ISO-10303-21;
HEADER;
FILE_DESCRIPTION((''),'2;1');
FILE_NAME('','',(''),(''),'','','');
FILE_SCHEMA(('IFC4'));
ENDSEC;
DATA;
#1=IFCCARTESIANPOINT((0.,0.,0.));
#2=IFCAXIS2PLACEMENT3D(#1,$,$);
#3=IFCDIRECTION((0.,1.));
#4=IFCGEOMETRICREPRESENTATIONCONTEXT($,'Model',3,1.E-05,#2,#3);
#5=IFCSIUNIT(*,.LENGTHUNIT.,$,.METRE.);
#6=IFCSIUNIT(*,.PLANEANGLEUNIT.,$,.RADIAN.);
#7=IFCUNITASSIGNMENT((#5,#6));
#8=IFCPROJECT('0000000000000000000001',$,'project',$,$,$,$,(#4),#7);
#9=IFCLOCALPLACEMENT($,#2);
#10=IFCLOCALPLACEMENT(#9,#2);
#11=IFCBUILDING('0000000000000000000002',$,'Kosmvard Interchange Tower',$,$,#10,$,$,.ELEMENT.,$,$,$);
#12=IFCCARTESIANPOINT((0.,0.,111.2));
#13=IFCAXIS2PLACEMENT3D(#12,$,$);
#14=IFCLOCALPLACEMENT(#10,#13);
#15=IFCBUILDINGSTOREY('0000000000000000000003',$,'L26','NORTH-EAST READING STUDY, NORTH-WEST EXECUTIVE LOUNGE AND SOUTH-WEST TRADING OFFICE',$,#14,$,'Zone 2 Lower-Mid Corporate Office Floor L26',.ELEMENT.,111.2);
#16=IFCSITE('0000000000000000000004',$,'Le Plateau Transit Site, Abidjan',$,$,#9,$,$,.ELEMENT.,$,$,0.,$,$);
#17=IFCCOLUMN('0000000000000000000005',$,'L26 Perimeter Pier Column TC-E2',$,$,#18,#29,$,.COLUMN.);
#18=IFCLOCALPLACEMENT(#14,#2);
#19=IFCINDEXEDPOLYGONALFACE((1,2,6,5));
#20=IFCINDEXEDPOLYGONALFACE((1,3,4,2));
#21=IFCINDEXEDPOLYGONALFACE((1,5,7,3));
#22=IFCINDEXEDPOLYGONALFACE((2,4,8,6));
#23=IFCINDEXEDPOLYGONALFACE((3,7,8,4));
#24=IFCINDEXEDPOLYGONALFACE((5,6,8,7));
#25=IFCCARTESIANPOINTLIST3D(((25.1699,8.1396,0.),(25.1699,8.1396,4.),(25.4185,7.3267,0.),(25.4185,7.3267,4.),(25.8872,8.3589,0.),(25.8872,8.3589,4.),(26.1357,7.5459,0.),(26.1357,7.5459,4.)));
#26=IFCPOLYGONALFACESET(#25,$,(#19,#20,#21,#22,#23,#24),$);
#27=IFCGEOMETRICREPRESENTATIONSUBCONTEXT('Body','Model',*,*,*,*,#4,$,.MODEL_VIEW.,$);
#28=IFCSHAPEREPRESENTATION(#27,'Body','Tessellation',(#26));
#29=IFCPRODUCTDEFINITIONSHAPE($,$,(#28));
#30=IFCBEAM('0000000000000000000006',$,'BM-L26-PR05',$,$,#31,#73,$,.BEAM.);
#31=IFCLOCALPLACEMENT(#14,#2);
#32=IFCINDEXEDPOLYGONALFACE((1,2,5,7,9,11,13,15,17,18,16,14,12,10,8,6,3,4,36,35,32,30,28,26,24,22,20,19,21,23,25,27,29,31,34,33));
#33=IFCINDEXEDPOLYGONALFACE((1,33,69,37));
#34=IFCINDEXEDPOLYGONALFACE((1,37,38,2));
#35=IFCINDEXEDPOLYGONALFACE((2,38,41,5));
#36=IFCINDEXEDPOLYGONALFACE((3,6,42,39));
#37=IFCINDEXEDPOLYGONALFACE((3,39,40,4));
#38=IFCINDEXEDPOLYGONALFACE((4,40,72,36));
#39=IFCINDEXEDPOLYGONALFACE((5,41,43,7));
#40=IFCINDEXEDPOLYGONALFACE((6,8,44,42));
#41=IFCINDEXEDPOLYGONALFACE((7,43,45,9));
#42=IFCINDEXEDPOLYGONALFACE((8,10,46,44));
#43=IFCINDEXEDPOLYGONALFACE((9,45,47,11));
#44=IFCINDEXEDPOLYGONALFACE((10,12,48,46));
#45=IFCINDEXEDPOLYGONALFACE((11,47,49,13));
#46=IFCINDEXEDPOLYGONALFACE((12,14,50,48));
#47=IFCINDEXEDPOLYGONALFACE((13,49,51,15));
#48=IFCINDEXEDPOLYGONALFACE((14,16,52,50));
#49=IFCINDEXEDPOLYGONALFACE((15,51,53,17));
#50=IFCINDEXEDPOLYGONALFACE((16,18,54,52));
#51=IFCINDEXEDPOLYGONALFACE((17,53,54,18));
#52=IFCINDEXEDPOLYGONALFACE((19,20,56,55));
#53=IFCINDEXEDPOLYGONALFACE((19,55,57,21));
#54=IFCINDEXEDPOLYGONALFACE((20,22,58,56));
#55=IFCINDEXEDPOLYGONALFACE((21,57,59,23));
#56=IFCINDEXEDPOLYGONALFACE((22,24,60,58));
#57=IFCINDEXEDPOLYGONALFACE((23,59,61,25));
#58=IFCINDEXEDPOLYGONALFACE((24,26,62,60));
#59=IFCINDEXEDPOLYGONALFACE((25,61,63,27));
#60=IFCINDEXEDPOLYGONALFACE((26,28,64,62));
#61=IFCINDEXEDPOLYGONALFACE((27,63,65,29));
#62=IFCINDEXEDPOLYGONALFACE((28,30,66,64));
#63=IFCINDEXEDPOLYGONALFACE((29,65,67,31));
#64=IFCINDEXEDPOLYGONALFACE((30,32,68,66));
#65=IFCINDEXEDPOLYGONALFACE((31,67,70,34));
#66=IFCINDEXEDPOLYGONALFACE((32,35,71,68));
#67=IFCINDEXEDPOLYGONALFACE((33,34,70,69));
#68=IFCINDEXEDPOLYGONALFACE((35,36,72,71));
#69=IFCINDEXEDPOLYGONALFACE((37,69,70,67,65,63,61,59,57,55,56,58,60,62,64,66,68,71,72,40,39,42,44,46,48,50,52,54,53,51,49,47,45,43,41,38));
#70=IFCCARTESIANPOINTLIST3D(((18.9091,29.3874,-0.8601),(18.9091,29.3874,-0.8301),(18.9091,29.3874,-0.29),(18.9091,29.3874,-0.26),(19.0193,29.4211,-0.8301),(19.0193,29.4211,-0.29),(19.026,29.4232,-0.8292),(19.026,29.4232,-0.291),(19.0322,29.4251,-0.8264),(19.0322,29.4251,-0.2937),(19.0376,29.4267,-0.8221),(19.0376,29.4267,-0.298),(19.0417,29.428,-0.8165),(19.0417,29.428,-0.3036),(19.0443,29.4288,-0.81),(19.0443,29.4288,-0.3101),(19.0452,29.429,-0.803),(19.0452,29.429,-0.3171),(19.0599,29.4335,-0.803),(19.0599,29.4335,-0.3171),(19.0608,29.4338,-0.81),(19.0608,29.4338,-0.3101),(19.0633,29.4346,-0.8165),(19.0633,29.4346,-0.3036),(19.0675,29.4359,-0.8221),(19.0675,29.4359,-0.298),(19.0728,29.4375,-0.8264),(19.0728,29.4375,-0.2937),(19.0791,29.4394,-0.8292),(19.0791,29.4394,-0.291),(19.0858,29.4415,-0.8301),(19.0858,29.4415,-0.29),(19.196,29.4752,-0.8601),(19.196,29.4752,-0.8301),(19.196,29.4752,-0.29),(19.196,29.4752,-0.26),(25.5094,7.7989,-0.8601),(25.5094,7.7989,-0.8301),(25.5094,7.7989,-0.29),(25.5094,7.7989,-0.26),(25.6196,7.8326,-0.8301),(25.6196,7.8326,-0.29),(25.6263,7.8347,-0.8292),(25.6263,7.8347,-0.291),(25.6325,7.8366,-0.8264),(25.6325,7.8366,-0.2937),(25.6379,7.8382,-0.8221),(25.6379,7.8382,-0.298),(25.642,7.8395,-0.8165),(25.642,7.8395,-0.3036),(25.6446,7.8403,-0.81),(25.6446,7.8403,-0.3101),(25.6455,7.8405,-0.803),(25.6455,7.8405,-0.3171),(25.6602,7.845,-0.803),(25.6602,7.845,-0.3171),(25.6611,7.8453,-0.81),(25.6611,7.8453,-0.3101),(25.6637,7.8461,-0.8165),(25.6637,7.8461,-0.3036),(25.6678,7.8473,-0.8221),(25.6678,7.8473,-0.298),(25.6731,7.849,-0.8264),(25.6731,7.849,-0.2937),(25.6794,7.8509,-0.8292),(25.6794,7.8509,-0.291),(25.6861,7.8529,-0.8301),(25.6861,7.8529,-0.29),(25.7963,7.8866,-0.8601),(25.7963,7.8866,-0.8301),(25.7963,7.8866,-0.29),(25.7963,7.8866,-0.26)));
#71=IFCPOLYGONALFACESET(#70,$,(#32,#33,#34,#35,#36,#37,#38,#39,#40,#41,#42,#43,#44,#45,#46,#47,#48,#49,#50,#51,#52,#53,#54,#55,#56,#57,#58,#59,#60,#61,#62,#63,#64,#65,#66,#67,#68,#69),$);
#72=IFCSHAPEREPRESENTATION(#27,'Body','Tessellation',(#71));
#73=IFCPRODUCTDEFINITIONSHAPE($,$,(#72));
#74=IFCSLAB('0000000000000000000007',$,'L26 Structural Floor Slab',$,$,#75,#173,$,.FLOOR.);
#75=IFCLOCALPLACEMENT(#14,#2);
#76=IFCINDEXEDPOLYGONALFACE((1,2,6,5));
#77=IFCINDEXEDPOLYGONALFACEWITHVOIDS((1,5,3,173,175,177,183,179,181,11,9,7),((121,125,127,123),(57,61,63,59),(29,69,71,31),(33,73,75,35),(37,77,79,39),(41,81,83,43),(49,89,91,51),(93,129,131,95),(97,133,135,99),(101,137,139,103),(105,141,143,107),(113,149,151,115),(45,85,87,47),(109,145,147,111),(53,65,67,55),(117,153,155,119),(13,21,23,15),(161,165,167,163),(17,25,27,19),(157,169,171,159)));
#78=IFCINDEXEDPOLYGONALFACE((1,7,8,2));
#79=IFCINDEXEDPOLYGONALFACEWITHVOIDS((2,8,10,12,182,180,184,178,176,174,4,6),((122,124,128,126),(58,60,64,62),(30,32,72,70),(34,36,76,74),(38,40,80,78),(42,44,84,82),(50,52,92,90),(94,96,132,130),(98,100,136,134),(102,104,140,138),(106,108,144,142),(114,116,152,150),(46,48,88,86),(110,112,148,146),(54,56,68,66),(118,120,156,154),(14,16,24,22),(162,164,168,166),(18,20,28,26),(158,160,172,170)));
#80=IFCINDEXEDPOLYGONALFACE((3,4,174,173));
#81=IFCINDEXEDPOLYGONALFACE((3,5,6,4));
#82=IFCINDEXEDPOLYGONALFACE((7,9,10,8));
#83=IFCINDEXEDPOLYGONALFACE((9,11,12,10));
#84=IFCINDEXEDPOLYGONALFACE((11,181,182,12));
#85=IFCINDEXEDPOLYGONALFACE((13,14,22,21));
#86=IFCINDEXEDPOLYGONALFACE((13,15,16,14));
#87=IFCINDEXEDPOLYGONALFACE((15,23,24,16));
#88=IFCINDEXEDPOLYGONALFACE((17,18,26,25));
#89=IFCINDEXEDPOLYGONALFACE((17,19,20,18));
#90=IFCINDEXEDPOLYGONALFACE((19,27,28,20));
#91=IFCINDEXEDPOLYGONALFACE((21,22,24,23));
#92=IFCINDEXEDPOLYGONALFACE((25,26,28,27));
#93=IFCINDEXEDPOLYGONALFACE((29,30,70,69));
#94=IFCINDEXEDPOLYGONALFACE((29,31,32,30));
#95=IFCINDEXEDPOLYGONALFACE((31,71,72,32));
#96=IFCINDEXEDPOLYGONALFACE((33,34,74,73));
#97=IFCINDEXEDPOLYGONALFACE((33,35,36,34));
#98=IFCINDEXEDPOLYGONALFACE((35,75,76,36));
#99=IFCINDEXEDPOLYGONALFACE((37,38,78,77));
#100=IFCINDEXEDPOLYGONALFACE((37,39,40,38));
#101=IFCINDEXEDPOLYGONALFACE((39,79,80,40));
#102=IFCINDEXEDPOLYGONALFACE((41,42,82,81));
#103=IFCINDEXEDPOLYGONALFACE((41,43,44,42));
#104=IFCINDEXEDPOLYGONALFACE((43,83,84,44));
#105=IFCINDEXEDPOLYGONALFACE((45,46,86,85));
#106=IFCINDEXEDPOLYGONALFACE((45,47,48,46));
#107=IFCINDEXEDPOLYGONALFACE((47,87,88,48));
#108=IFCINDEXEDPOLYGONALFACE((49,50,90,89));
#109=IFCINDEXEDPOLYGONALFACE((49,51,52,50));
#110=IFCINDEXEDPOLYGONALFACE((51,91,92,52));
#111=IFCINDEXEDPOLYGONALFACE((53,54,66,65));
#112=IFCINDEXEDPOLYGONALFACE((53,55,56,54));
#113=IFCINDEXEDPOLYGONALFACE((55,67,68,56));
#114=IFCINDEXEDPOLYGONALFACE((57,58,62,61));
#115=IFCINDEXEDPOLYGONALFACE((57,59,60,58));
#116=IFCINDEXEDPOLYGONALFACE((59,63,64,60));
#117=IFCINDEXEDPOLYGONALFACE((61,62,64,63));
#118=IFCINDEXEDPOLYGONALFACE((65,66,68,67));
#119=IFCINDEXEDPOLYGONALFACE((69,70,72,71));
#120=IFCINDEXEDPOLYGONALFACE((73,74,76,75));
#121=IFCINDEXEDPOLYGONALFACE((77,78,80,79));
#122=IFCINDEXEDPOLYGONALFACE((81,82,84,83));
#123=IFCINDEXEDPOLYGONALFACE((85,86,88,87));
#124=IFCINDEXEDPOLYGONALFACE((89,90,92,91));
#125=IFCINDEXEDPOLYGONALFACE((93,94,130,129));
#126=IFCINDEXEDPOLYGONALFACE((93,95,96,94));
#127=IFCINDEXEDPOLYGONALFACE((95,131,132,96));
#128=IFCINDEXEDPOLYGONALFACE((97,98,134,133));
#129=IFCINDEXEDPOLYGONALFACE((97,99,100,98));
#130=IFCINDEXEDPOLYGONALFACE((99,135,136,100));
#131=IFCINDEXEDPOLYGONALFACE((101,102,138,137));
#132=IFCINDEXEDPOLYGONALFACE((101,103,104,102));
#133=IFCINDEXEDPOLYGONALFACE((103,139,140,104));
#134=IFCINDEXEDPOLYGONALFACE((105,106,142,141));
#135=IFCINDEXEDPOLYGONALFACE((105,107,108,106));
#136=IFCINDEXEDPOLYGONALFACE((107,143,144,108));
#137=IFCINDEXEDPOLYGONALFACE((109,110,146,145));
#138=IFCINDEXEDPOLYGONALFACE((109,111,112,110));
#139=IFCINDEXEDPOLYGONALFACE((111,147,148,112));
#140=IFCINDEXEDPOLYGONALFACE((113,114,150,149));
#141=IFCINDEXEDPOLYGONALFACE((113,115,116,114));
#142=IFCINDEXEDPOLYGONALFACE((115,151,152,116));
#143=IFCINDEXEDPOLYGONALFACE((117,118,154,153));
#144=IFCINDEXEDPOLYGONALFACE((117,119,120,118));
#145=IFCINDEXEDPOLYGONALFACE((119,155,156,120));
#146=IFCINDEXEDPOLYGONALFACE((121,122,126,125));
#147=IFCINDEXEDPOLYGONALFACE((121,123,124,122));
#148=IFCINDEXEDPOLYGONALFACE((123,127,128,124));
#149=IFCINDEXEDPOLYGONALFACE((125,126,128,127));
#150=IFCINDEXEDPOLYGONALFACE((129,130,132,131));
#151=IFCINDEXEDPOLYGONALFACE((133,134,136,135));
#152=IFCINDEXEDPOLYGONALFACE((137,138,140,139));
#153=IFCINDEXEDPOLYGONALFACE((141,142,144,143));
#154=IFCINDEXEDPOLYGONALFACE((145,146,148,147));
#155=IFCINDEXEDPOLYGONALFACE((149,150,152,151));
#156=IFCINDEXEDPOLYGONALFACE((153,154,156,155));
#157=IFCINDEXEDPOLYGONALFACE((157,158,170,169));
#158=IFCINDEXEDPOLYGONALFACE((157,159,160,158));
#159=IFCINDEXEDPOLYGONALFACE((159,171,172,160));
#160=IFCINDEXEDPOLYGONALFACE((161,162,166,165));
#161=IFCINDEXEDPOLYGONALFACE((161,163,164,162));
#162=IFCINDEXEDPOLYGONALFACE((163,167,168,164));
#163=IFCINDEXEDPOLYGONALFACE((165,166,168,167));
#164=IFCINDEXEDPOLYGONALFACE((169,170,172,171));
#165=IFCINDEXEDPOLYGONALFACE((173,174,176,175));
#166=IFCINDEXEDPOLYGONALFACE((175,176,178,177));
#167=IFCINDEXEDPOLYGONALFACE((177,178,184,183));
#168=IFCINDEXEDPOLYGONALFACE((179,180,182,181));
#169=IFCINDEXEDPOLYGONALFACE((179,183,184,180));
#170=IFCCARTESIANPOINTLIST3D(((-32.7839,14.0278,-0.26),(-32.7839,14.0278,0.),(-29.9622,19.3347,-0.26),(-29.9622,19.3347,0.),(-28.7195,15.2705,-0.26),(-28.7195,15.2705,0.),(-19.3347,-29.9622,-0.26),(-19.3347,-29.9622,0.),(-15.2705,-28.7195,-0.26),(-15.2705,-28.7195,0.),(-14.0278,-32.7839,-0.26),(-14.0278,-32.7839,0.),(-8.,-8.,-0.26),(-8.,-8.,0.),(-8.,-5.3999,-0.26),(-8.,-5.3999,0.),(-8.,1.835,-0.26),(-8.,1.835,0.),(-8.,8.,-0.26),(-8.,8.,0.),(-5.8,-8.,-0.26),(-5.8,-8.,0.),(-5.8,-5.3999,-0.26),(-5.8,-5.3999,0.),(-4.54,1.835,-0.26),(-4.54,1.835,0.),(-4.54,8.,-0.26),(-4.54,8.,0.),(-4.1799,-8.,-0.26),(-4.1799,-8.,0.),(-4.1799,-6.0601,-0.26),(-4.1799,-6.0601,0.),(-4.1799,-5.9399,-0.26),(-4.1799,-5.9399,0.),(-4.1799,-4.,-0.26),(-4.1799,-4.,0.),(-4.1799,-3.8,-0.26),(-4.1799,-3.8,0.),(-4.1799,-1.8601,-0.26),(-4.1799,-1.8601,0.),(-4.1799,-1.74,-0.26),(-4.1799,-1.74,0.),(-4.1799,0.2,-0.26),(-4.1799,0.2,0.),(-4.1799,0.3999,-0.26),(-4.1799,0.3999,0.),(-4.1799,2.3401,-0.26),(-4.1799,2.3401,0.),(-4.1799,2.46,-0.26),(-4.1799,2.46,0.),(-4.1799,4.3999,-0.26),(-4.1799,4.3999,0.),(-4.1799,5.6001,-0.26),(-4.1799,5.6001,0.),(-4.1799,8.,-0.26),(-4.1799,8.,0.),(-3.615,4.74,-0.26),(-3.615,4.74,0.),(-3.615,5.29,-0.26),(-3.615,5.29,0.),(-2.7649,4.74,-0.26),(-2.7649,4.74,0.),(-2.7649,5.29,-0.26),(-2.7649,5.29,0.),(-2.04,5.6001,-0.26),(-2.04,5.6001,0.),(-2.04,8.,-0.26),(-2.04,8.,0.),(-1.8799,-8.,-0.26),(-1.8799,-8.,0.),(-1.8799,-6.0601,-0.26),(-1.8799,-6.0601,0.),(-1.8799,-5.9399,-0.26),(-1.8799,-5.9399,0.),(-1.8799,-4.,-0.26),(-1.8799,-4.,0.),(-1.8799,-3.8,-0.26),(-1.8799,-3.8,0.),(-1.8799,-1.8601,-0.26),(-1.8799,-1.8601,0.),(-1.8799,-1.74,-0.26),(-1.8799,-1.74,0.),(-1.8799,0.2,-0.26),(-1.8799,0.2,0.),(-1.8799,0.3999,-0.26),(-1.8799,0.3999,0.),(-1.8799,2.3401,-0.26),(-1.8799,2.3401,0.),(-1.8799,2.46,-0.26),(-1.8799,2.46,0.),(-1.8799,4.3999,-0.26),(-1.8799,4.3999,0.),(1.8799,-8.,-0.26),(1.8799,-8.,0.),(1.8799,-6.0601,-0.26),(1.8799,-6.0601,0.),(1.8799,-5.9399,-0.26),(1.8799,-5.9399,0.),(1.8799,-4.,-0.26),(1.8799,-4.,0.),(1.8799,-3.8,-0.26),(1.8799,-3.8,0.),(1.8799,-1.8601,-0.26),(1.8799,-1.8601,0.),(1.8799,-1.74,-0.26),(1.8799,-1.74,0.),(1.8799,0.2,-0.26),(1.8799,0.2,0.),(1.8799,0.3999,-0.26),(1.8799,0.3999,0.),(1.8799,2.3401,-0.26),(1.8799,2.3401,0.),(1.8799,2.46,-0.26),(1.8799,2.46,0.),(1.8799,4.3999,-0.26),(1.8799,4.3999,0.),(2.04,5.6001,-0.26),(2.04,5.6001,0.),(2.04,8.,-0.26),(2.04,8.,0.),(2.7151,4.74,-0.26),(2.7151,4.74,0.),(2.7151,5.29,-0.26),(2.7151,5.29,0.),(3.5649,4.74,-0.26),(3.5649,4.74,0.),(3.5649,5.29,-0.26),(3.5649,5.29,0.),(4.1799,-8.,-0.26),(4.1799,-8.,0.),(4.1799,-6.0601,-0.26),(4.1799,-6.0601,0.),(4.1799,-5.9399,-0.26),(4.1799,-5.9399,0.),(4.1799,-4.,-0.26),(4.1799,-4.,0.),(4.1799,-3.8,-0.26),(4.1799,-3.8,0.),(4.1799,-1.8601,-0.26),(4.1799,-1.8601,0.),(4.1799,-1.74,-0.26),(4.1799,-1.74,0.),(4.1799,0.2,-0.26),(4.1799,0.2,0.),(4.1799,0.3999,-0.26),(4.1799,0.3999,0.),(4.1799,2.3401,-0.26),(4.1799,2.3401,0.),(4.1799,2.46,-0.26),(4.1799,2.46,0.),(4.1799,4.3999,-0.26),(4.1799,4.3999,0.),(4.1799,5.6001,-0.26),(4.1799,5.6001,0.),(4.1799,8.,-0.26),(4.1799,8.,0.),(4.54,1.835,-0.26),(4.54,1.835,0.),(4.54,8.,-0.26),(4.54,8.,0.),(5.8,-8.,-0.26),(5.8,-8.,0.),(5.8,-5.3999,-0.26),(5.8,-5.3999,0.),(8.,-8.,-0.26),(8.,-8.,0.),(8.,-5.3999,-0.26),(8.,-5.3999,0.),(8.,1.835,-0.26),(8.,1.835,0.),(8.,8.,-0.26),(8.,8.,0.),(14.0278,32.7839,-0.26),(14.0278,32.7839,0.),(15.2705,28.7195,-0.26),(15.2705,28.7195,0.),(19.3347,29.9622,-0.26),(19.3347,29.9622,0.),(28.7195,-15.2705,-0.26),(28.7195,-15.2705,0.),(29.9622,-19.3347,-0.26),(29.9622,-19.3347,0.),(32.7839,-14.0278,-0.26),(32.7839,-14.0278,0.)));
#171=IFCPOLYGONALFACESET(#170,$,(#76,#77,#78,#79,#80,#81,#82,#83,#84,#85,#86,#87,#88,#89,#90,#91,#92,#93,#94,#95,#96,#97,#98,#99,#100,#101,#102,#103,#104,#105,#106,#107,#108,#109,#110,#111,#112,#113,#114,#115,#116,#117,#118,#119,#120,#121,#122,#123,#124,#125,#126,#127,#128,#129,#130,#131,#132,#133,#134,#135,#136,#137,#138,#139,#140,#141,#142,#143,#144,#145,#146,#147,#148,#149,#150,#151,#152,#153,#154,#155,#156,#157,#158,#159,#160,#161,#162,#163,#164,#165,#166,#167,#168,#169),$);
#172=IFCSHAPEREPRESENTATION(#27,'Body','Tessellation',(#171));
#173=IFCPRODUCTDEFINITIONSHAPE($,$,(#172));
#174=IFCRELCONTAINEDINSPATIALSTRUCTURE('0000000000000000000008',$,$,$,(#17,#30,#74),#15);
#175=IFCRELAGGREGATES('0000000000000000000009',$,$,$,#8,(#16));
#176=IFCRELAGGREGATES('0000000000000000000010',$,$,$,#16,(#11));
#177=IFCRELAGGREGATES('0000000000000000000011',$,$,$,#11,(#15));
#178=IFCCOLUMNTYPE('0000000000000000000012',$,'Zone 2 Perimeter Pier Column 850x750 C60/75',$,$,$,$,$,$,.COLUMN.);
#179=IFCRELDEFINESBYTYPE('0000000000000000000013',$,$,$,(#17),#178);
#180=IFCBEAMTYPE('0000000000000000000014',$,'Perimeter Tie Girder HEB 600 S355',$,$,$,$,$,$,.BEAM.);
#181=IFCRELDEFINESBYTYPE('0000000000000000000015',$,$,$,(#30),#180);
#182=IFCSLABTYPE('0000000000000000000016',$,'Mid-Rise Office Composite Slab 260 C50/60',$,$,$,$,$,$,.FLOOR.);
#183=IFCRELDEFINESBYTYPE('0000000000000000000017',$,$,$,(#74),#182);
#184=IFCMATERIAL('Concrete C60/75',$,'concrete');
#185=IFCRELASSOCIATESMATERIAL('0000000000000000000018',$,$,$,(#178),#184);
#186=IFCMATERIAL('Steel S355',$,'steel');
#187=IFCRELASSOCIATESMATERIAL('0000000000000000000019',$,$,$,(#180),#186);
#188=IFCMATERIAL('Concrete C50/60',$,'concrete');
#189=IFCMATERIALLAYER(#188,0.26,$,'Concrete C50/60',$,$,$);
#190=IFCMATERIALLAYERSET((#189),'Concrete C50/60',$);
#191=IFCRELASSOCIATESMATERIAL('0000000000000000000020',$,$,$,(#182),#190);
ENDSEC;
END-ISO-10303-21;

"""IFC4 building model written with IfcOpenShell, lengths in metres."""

from ifc_helpers import new_model, si_unit, direction, frame, origin, origin_2d, place, context, subcontext, project, spatial, polyline, rectangle, i_section, outline, extrude, source, transform, mapped, material, layer, layer_set, material_profile, profile_set, type_object, element, save


model = new_model("IFC4")

# Units and contexts
model_context = context("Model", 3, precision=1e-05, world=origin(), true_north=direction((0.0, 1.0)))
body_context = subcontext(model_context, "Body", "Model", "MODEL_VIEW")
ifc_project = project(units=[si_unit("LENGTHUNIT", "METRE"), si_unit("PLANEANGLEUNIT", "RADIAN")], contexts=[model_context])

# Site, building, storey
site_placement = place(None, origin())
site = spatial("IfcSite", under=ifc_project, at=site_placement, Name="Le Plateau Transit Site, Abidjan", CompositionType="ELEMENT", RefElevation=0.0)
building_placement = place(site_placement, origin())
building = spatial("IfcBuilding", under=site, at=building_placement, Name="Kosmvard Interchange Tower", CompositionType="ELEMENT")
storey_placement = place(building_placement, frame((0.0, 0.0, 111.2)))
storey = spatial("IfcBuildingStorey", under=building, at=storey_placement, Name="L26", Description="NORTH-EAST READING STUDY, NORTH-WEST EXECUTIVE LOUNGE AND SOUTH-WEST TRADING OFFICE", LongName="Zone 2 Lower-Mid Corporate Office Floor L26", CompositionType="ELEMENT", Elevation=111.2)

# Column
ifc_material_1 = material(Name="Concrete C60/75", Category="concrete")
ifc_material_profile_1 = material_profile(ifc_material_1, rectangle(XDim=0.75, YDim=0.8501, at=origin_2d()), Name="TC 850x750")
ifc_profile_set_1 = profile_set([ifc_material_profile_1], Name="Concrete C60/75")
column_type = type_object("IfcColumnType", Name="Zone 2 Perimeter Pier Column 850x750 C60/75", PredefinedType="COLUMN", material=ifc_profile_set_1)
shared_shape_1 = source(origin(), body_context, "Body", "SweptSolid", [
    extrude(rectangle(XDim=0.75, YDim=0.8501, at=origin_2d()), origin(), (0.0, 0.0, 1.0), 4.0),
])
column_placement = place(storey_placement, frame((25.6528, 7.8428, 0.0), z_axis=(0.0, 0.0, 1.0), x_axis=(0.956305, 0.292372, 0.0)))
element("IfcColumn", 1, at=column_placement, inside=storey, type_object=column_type, Name="L26 Perimeter Pier Column TC-E2", PredefinedType="COLUMN", context=body_context, shape_type="MappedRepresentation", body=[
    mapped(shared_shape_1, transform((0.0, 0.0, 0.0), scale=1.0)),
])

# Beam
ifc_material_2 = material(Name="Steel S355", Category="steel")
ifc_material_profile_2 = material_profile(ifc_material_2, i_section(OverallWidth=0.3, OverallDepth=0.6001, WebThickness=0.0154, FlangeThickness=0.03, FilletRadius=0.0271, at=origin_2d()), Name="HEB 600")
ifc_profile_set_2 = profile_set([ifc_material_profile_2], Name="Steel S355")
beam_type = type_object("IfcBeamType", Name="Perimeter Tie Girder HEB 600 S355", PredefinedType="BEAM", material=ifc_profile_set_2)
shared_shape_2 = source(origin(), body_context, "Body", "SweptSolid", [
    extrude(i_section(OverallWidth=0.3, OverallDepth=0.6001, WebThickness=0.0154, FlangeThickness=0.03, FilletRadius=0.0271, at=origin_2d()), origin(), (0.0, 0.0, 1.0), 22.575),
])
beam_placement = place(storey_placement, frame((25.6528, 7.8428, -0.5601), z_axis=(-0.292373, 0.956304, 0.0), x_axis=(-0.956304, -0.292373, 0.0)))
element("IfcBeam", 2, at=beam_placement, inside=storey, type_object=beam_type, Name="BM-L26-PR05", PredefinedType="BEAM", context=body_context, shape_type="MappedRepresentation", body=[
    mapped(shared_shape_2, transform((0.0, 0.0, 0.0), scale=1.0)),
])

# Slab
ifc_material_3 = material(Name="Concrete C50/60", Category="concrete")
ifc_layer_1 = layer(ifc_material_3, 0.26, Name="Concrete C50/60")
ifc_layer_set_1 = layer_set([ifc_layer_1], Name="Concrete C50/60")
slab_type_1 = type_object("IfcSlabType", Name="Mid-Rise Office Composite Slab 260 C50/60", PredefinedType="FLOOR", material=ifc_layer_set_1)
slab_1_placement = place(storey_placement, frame((0.0, 0.0, -0.26)))
element("IfcSlab", 3, at=slab_1_placement, inside=storey, type_object=slab_type_1, Name="L26 Structural Floor Slab", PredefinedType="FLOOR", context=body_context, shape_type="SweptSolid", body=[
    extrude(outline(polyline([(-14.0278, -32.7839), (29.9622, -19.3347), (28.7195, -15.2705), (32.7839, -14.0278), (19.3347, 29.9622), (15.2705, 28.7195), (14.0278, 32.7839), (-29.9622, 19.3347), (-28.7195, 15.2705), (-32.7839, 14.0278), (-19.3347, -29.9622), (-15.2705, -28.7195), (-14.0278, -32.7839)]), holes=[polyline([(-8.0, 1.835), (-4.54, 1.835), (-4.54, 8.0), (-8.0, 8.0), (-8.0, 1.835)]), polyline([(4.54, 1.835), (8.0, 1.835), (8.0, 8.0), (4.54, 8.0), (4.54, 1.835)]), polyline([(-8.0, -8.0), (-5.8, -8.0), (-5.8, -5.3999), (-8.0, -5.3999), (-8.0, -8.0)]), polyline([(5.8, -8.0), (8.0, -8.0), (8.0, -5.3999), (5.8, -5.3999), (5.8, -8.0)]), polyline([(-4.1799, -8.0), (-1.8799, -8.0), (-1.8799, -6.0601), (-4.1799, -6.0601), (-4.1799, -8.0)]), polyline([(-4.1799, -5.9399), (-1.8799, -5.9399), (-1.8799, -4.0), (-4.1799, -4.0), (-4.1799, -5.9399)]), polyline([(1.8799, -8.0), (4.1799, -8.0), (4.1799, -6.0601), (1.8799, -6.0601), (1.8799, -8.0)]), polyline([(1.8799, -5.9399), (4.1799, -5.9399), (4.1799, -4.0), (1.8799, -4.0), (1.8799, -5.9399)]), polyline([(-4.1799, -3.8), (-1.8799, -3.8), (-1.8799, -1.8601), (-4.1799, -1.8601), (-4.1799, -3.8)]), polyline([(-4.1799, -1.74), (-1.8799, -1.74), (-1.8799, 0.2), (-4.1799, 0.2), (-4.1799, -1.74)]), polyline([(1.8799, -3.8), (4.1799, -3.8), (4.1799, -1.8601), (1.8799, -1.8601), (1.8799, -3.8)]), polyline([(1.8799, -1.74), (4.1799, -1.74), (4.1799, 0.2), (1.8799, 0.2), (1.8799, -1.74)]), polyline([(-4.1799, 0.3999), (-1.8799, 0.3999), (-1.8799, 2.3401), (-4.1799, 2.3401), (-4.1799, 0.3999)]), polyline([(-4.1799, 2.46), (-1.8799, 2.46), (-1.8799, 4.3999), (-4.1799, 4.3999), (-4.1799, 2.46)]), polyline([(1.8799, 0.3999), (4.1799, 0.3999), (4.1799, 2.3401), (1.8799, 2.3401), (1.8799, 0.3999)]), polyline([(1.8799, 2.46), (4.1799, 2.46), (4.1799, 4.3999), (1.8799, 4.3999), (1.8799, 2.46)]), polyline([(-4.1799, 5.6001), (-2.04, 5.6001), (-2.04, 8.0), (-4.1799, 8.0), (-4.1799, 5.6001)]), polyline([(2.04, 5.6001), (4.1799, 5.6001), (4.1799, 8.0), (2.04, 8.0), (2.04, 5.6001)]), polyline([(-3.615, 4.74), (-2.7649, 4.74), (-2.7649, 5.29), (-3.615, 5.29), (-3.615, 4.74)]), polyline([(2.7151, 4.74), (3.5649, 4.74), (3.5649, 5.29), (2.7151, 5.29), (2.7151, 4.74)])]), origin(), (0.0, 0.0, 1.0), 0.26),
])

save(model, "model.ifc")
